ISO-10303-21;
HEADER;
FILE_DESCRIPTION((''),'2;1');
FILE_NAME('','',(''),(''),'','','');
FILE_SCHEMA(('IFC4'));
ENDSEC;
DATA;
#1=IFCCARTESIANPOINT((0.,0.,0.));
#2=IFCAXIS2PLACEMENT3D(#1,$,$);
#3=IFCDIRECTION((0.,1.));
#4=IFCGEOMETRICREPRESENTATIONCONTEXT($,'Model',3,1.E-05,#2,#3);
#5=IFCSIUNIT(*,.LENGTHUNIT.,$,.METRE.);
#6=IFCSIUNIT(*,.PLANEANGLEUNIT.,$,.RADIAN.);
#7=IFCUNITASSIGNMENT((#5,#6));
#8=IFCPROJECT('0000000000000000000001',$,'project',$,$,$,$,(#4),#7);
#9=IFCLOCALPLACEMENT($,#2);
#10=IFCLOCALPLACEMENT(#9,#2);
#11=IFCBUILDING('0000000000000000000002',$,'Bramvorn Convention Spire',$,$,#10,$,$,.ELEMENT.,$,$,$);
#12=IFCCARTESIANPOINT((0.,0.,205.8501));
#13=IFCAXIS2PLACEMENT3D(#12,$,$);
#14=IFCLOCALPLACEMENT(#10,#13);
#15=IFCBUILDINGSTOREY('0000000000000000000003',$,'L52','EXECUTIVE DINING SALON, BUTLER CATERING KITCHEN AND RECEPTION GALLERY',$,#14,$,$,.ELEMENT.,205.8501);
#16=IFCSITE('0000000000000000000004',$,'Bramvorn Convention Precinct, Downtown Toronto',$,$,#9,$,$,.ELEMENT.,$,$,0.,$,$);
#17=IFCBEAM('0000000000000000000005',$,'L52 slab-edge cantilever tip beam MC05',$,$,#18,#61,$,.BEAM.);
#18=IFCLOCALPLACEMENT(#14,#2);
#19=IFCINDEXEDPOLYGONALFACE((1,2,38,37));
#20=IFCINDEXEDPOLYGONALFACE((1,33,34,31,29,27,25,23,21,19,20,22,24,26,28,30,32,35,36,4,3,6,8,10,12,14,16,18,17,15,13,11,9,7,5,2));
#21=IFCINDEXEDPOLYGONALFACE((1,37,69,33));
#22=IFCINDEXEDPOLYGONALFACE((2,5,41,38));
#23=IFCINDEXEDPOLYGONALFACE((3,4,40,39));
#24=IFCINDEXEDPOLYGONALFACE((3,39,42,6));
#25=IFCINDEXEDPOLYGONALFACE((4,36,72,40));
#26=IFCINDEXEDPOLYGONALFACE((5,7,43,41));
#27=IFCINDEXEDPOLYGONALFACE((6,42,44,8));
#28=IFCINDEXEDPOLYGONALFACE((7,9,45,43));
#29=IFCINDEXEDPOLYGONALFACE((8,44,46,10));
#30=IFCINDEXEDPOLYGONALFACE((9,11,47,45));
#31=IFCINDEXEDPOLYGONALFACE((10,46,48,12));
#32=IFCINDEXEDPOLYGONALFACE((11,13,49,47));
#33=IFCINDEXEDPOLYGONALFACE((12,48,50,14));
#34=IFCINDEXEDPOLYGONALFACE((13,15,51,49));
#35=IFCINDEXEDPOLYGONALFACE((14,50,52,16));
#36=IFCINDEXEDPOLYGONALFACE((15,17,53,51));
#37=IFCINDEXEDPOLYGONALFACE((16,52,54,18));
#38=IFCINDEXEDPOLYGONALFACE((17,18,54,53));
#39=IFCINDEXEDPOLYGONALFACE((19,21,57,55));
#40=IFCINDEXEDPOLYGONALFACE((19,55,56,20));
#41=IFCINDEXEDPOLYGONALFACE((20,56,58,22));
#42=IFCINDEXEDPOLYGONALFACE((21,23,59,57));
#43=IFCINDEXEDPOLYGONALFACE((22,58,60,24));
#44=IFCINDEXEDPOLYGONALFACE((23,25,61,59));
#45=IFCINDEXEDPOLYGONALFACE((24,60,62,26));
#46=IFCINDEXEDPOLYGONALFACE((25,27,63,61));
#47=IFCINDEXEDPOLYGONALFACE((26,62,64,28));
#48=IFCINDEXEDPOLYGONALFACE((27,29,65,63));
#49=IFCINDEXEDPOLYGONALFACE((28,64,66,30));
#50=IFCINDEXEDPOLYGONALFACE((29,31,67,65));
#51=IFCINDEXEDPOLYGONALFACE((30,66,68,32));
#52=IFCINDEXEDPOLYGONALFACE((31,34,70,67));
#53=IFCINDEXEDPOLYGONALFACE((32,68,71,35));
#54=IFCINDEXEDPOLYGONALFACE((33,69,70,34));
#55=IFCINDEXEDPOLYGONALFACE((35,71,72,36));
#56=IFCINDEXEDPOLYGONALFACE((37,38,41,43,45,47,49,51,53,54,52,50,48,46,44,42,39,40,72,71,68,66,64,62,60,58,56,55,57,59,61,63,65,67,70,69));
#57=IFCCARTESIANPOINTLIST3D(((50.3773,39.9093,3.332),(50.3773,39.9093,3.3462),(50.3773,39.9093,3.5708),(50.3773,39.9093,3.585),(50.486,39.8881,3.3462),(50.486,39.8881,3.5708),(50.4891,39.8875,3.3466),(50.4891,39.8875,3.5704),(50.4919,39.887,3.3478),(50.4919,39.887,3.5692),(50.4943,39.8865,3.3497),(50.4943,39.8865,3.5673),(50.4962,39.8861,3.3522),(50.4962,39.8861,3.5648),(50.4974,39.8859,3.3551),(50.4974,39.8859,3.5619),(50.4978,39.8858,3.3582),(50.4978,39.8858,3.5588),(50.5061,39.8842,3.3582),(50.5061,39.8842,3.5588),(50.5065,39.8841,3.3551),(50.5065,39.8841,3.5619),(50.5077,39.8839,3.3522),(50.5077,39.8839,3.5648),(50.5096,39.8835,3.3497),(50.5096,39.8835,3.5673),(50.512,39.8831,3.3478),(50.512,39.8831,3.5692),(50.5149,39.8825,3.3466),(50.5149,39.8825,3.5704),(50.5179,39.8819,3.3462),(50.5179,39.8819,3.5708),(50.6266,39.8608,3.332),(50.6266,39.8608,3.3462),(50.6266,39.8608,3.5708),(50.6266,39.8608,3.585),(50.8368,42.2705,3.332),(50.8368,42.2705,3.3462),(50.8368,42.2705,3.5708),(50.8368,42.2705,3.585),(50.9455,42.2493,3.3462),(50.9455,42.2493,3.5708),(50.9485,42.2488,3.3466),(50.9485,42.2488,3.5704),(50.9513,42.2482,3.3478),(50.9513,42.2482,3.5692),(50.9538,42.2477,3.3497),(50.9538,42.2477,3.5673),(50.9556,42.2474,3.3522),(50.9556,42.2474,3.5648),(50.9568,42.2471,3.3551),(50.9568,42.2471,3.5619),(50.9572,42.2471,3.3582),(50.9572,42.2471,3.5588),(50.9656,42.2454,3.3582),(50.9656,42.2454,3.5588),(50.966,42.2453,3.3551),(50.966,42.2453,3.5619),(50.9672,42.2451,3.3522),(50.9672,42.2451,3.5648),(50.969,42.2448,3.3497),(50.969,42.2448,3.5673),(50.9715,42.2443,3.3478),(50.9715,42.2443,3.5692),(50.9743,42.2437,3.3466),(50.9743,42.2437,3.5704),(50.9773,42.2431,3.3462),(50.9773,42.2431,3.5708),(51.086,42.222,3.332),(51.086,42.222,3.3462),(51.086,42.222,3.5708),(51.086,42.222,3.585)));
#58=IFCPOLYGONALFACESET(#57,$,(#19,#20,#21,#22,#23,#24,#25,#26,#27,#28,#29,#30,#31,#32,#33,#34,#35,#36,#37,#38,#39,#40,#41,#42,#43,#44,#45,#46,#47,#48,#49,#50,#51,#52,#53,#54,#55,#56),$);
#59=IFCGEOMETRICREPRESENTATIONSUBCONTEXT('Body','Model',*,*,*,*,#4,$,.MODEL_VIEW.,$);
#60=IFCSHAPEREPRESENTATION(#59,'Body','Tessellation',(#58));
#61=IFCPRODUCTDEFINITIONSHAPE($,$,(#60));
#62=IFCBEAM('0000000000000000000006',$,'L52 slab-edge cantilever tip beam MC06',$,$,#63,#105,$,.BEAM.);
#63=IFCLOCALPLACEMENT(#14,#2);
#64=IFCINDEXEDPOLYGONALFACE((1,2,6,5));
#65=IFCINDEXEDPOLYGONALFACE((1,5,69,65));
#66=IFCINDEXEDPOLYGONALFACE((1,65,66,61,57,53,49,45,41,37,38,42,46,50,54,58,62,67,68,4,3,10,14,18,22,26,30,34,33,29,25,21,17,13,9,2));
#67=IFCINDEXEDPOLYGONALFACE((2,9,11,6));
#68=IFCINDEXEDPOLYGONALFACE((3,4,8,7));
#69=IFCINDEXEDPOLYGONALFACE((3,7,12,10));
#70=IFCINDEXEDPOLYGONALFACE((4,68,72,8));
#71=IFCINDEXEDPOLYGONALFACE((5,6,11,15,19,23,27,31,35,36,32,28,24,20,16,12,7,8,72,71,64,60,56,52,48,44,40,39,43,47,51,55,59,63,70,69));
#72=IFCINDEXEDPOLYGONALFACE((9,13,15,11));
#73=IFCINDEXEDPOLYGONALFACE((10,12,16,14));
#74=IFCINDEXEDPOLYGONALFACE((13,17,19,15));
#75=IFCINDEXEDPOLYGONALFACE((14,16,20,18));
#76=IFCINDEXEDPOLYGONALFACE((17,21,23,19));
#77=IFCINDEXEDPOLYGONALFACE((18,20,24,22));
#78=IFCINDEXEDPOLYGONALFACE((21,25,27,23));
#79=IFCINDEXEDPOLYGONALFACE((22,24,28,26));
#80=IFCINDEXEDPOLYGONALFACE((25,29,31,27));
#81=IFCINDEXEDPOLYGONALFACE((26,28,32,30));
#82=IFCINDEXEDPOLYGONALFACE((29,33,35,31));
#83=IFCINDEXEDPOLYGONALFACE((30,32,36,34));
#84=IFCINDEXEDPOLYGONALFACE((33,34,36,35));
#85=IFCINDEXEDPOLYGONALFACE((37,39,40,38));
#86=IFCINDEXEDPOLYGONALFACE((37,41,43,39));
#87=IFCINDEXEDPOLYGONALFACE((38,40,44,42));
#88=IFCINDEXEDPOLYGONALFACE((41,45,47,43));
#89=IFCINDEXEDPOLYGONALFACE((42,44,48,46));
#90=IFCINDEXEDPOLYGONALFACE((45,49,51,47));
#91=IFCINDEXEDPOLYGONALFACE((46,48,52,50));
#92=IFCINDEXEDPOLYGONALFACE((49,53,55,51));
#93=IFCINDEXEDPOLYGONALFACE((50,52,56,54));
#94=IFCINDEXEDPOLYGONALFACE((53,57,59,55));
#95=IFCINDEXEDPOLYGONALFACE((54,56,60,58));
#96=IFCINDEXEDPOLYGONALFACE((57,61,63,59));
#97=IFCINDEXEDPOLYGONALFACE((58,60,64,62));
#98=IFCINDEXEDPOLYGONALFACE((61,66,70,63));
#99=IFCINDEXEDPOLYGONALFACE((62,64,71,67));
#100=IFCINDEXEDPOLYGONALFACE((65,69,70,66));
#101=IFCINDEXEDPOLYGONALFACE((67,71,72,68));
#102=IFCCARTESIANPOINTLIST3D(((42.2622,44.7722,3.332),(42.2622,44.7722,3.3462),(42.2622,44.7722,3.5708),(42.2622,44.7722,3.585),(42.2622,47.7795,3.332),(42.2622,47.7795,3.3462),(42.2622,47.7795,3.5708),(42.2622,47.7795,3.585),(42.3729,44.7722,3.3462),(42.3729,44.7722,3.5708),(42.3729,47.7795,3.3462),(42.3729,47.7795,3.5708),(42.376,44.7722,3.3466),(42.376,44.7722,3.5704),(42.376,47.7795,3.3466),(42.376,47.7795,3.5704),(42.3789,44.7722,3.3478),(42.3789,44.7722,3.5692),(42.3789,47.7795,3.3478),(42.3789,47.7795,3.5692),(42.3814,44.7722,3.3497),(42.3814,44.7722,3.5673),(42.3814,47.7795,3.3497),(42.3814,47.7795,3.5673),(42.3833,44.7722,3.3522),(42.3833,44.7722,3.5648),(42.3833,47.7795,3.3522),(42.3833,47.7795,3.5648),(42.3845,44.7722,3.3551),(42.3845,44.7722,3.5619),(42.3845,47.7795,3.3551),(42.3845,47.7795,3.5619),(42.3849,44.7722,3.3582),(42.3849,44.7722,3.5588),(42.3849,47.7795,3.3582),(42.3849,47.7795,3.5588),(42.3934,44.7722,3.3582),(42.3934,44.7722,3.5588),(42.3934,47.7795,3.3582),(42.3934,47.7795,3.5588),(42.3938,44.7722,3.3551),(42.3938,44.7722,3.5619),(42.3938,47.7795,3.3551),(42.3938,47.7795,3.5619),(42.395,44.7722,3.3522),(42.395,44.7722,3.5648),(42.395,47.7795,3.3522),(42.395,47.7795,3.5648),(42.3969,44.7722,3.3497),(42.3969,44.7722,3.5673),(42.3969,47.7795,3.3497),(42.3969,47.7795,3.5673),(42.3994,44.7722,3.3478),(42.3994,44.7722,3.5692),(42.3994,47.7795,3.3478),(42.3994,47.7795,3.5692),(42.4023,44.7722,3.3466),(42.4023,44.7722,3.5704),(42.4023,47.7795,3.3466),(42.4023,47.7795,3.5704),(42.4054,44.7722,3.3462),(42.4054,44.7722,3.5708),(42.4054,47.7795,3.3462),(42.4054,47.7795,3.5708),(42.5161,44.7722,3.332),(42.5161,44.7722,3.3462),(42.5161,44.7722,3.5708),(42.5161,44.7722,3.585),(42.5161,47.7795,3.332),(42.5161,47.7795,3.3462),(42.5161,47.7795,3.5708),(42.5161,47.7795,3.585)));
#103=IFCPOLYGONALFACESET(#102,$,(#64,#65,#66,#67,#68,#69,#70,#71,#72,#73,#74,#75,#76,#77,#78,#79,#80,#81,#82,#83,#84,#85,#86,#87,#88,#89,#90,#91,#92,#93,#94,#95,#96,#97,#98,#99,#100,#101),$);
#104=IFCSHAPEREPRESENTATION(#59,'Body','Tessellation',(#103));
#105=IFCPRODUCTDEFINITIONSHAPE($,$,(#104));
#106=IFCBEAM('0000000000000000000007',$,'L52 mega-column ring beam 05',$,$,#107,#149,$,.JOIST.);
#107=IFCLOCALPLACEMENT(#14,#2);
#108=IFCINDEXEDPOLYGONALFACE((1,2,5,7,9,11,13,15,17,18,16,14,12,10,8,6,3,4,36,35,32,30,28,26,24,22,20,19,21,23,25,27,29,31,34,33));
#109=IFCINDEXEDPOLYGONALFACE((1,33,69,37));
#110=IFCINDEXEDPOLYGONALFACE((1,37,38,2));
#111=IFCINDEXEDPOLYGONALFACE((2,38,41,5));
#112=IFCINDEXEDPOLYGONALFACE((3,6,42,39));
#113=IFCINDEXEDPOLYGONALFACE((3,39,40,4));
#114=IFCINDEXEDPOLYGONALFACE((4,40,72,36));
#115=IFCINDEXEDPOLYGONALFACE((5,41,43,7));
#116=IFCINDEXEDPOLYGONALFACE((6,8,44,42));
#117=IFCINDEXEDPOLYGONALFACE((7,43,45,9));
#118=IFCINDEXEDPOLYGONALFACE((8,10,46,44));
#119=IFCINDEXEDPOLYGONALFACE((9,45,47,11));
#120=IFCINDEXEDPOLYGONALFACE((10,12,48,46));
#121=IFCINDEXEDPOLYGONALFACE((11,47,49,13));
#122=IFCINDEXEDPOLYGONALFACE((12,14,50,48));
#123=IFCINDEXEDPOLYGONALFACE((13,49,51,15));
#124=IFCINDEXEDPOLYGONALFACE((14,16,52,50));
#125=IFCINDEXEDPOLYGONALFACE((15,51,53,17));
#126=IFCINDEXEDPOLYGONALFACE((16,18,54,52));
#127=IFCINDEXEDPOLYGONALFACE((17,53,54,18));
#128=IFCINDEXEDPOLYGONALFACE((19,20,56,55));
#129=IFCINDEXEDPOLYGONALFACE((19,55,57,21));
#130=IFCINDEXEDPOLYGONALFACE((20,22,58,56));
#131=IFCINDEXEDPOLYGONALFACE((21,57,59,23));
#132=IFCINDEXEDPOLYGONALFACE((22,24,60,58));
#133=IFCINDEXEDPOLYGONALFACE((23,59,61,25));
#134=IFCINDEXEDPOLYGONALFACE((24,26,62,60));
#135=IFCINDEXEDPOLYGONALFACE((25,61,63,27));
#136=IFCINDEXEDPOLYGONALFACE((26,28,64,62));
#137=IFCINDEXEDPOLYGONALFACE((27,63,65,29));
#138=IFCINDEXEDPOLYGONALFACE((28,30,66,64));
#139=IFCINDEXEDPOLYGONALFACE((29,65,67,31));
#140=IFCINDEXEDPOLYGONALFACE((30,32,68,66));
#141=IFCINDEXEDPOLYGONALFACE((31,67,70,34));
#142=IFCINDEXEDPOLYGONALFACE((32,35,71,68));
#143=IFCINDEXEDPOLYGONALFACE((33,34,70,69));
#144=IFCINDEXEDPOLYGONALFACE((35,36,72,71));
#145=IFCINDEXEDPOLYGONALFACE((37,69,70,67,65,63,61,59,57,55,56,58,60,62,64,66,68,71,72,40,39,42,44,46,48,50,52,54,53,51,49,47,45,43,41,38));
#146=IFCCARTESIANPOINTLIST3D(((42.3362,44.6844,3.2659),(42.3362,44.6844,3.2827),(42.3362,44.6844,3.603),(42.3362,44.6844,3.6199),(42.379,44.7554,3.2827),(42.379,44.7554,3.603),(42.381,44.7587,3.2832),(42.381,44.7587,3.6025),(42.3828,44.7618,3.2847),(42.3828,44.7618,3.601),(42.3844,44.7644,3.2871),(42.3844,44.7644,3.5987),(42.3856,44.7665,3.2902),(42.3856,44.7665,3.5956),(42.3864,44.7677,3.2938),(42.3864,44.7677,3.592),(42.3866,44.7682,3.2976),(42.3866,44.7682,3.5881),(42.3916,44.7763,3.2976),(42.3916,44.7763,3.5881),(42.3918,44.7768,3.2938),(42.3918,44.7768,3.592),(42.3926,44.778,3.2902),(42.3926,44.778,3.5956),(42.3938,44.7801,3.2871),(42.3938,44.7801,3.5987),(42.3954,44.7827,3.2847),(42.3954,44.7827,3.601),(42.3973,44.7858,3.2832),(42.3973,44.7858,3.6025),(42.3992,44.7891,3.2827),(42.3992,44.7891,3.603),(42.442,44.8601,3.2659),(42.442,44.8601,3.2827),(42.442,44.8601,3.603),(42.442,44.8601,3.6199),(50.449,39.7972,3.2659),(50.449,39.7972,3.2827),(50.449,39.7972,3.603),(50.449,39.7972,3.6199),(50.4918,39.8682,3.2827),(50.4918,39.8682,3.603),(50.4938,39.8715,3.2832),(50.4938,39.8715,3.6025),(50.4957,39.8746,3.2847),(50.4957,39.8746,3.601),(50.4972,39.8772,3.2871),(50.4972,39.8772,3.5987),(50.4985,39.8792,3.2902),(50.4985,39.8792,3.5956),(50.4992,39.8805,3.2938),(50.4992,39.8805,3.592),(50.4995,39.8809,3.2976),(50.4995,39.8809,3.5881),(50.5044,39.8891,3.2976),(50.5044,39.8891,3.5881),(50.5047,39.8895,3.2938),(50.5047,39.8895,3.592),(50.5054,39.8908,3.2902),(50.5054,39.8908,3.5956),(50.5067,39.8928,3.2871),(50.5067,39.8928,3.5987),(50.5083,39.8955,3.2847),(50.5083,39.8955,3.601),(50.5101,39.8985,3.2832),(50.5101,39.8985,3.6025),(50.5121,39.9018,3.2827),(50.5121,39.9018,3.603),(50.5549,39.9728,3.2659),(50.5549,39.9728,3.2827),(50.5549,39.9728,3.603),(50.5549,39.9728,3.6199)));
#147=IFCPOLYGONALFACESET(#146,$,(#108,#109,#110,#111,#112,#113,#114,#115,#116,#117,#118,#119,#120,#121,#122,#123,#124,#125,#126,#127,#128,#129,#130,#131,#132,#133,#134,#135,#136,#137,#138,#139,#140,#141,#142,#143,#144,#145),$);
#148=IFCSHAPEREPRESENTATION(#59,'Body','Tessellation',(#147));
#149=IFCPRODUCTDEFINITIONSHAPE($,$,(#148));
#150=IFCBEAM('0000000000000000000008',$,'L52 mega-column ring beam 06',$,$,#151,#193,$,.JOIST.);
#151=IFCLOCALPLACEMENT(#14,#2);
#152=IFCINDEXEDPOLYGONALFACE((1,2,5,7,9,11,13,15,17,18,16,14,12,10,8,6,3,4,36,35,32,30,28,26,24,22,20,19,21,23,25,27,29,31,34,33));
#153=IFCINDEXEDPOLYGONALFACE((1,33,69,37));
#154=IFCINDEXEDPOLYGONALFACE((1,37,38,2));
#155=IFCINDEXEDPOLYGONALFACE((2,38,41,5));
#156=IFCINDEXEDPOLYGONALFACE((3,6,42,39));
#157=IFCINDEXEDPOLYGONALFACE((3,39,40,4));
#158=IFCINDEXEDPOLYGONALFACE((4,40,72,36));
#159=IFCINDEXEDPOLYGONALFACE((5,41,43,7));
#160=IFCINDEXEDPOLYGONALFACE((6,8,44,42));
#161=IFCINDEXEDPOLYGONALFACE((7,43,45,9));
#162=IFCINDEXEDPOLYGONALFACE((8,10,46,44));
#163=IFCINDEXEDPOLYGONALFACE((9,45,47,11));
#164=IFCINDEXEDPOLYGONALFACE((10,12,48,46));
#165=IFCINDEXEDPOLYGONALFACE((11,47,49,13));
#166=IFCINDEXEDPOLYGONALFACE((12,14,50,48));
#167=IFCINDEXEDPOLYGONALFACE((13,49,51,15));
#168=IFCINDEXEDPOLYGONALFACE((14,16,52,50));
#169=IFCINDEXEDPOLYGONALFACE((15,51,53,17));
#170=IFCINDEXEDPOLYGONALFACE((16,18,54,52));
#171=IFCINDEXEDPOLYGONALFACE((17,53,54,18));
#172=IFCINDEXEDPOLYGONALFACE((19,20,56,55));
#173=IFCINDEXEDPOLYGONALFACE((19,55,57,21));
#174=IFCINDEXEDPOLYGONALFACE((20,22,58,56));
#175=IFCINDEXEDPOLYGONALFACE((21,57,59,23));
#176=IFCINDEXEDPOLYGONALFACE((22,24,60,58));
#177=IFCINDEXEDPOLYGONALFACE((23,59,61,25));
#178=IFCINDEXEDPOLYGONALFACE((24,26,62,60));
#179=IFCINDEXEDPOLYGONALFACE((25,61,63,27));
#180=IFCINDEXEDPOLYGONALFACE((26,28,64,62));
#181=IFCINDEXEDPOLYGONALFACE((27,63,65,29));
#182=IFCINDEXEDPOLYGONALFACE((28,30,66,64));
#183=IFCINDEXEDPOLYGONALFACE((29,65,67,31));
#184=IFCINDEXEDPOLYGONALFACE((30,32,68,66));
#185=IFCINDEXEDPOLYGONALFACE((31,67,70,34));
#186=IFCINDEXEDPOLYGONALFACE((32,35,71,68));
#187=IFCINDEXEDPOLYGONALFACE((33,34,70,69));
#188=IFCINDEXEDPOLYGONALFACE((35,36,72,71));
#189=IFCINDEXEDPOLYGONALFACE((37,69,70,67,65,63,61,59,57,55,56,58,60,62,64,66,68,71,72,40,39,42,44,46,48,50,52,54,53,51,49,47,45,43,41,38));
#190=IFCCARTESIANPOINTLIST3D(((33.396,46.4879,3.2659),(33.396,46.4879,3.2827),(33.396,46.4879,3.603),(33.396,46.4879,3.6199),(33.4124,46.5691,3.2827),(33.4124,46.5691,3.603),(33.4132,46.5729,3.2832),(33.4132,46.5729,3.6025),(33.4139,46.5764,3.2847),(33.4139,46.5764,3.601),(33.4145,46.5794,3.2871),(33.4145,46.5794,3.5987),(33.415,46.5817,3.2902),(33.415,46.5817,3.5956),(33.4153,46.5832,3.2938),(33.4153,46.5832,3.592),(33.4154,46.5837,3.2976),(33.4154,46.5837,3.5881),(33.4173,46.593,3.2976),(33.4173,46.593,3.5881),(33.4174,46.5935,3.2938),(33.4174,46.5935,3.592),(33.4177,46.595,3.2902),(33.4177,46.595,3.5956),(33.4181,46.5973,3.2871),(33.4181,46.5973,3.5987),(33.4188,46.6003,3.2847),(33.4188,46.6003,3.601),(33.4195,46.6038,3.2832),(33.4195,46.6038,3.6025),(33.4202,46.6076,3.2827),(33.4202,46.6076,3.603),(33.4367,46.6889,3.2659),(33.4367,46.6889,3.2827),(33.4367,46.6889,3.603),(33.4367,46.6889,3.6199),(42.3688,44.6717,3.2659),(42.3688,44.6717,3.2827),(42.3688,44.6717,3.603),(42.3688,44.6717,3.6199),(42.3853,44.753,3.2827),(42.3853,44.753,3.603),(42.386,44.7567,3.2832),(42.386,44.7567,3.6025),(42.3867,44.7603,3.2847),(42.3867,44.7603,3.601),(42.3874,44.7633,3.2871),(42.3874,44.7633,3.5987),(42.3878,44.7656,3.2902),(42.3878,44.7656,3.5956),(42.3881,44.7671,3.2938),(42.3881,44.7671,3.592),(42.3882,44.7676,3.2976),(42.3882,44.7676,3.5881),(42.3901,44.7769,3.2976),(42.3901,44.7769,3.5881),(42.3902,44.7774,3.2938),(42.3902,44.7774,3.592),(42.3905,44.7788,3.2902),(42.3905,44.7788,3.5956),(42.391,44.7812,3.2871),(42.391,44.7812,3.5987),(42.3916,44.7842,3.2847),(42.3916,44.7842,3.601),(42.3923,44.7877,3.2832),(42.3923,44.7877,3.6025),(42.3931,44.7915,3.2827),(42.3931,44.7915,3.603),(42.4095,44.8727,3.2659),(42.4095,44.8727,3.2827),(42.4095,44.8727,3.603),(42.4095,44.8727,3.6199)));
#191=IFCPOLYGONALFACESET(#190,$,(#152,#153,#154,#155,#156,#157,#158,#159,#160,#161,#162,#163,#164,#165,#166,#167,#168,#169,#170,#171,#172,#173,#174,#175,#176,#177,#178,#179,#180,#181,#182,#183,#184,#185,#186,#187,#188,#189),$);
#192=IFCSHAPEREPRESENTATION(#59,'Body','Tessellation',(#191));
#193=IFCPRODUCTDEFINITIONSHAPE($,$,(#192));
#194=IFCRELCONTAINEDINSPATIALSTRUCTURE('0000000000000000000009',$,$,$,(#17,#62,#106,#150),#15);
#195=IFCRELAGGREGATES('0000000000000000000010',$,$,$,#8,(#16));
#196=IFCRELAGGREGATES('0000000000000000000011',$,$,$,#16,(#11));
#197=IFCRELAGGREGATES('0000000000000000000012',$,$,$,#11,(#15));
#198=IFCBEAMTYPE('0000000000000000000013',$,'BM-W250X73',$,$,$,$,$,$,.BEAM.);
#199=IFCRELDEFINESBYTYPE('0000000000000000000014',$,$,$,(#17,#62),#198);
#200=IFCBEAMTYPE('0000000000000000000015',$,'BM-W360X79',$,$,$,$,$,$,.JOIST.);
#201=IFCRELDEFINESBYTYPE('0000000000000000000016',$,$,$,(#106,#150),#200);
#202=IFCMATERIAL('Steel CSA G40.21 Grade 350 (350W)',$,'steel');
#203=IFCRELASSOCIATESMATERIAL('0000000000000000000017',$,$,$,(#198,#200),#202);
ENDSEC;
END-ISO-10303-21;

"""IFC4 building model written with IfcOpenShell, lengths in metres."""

from ifc_helpers import new_model, si_unit, direction, frame, origin, origin_2d, place, context, subcontext, project, spatial, i_section, extrude, material, material_profile, profile_set, type_object, element, save


model = new_model("IFC4")

# Units and contexts
model_context = context("Model", 3, precision=1e-05, world=origin(), true_north=direction((0.0, 1.0)))
body_context = subcontext(model_context, "Body", "Model", "MODEL_VIEW")
ifc_project = project(units=[si_unit("LENGTHUNIT", "METRE"), si_unit("PLANEANGLEUNIT", "RADIAN")], contexts=[model_context])

# Site, building, storey
site_placement = place(None, origin())
site = spatial("IfcSite", under=ifc_project, at=site_placement, Name="Bramvorn Convention Precinct, Downtown Toronto", CompositionType="ELEMENT", RefElevation=0.0)
building_placement = place(site_placement, origin())
building = spatial("IfcBuilding", under=site, at=building_placement, Name="Bramvorn Convention Spire", CompositionType="ELEMENT")
storey_placement = place(building_placement, frame((0.0, 0.0, 205.8501)))
storey = spatial("IfcBuildingStorey", under=building, at=storey_placement, Name="L52", Description="EXECUTIVE DINING SALON, BUTLER CATERING KITCHEN AND RECEPTION GALLERY", CompositionType="ELEMENT", Elevation=205.8501)

# Shared definitions
ifc_material_1 = material(Name="Steel CSA G40.21 Grade 350 (350W)", Category="steel")

# Beams
ifc_material_profile_1 = material_profile(ifc_material_1, i_section(OverallWidth=0.2539, OverallDepth=0.2529, WebThickness=0.0085, FlangeThickness=0.0142, FilletRadius=0.012, at=origin_2d()))
ifc_profile_set_1 = profile_set([ifc_material_profile_1], Name="Steel CSA G40.21 Grade 350 (350W) - W250X73")
beam_type_1 = type_object("IfcBeamType", Name="BM-W250X73", PredefinedType="BEAM", material=ifc_profile_set_1)
beam_1_placement = place(storey_placement, frame((50.502, 39.885, 3.4585), z_axis=(0.191, 0.98159, 0.0), x_axis=(-0.98159, 0.191, 0.0)))
element("IfcBeam", 1, at=beam_1_placement, inside=storey, type_object=beam_type_1, Name="L52 slab-edge cantilever tip beam MC05", PredefinedType="BEAM", context=body_context, shape_type="SweptSolid", body=[
    extrude(i_section(OverallWidth=0.2539, OverallDepth=0.2529, WebThickness=0.0085, FlangeThickness=0.0142, FilletRadius=0.012, at=origin_2d()), origin(), (0.0, 0.0, 1.0), 2.4055),
])
beam_2_placement = place(storey_placement, frame((42.3892, 44.7722, 3.4585), z_axis=(0.0, 1.0, 0.0), x_axis=(-1.0, 0.0, 0.0)))
element("IfcBeam", 2, at=beam_2_placement, inside=storey, type_object=beam_type_1, Name="L52 slab-edge cantilever tip beam MC06", PredefinedType="BEAM", context=body_context, shape_type="SweptSolid", body=[
    extrude(i_section(OverallWidth=0.2539, OverallDepth=0.2529, WebThickness=0.0085, FlangeThickness=0.0142, FilletRadius=0.012, at=origin_2d()), origin(), (0.0, 0.0, 1.0), 3.0073),
])
ifc_material_profile_2 = material_profile(ifc_material_1, i_section(OverallWidth=0.2051, OverallDepth=0.354, WebThickness=0.0095, FlangeThickness=0.0168, FilletRadius=0.0149, at=origin_2d()))
ifc_profile_set_2 = profile_set([ifc_material_profile_2], Name="Steel CSA G40.21 Grade 350 (350W) - W360X79")
beam_type_2 = type_object("IfcBeamType", Name="BM-W360X79", PredefinedType="JOIST", material=ifc_profile_set_2)
beam_3_placement = place(storey_placement, frame((50.502, 39.885, 3.4429), z_axis=(-0.856582, 0.516011, 0.0), x_axis=(-0.516011, -0.856582, 0.0)))
element("IfcBeam", 3, at=beam_3_placement, inside=storey, type_object=beam_type_2, Name="L52 mega-column ring beam 05", PredefinedType="JOIST", context=body_context, shape_type="SweptSolid", body=[
    extrude(i_section(OverallWidth=0.2051, OverallDepth=0.354, WebThickness=0.0095, FlangeThickness=0.0168, FilletRadius=0.0149, at=origin_2d()), origin(), (0.0, 0.0, 1.0), 9.4712),
])
beam_4_placement = place(storey_placement, frame((42.3892, 44.7722, 3.4429), z_axis=(-0.980125, 0.198382, 0.0), x_axis=(-0.198382, -0.980125, 0.0)))
element("IfcBeam", 4, at=beam_4_placement, inside=storey, type_object=beam_type_2, Name="L52 mega-column ring beam 06", PredefinedType="JOIST", context=body_context, shape_type="SweptSolid", body=[
    extrude(i_section(OverallWidth=0.2051, OverallDepth=0.354, WebThickness=0.0095, FlangeThickness=0.0168, FilletRadius=0.0149, at=origin_2d()), origin(), (0.0, 0.0, 1.0), 9.1548),
])

save(model, "model.ifc")
